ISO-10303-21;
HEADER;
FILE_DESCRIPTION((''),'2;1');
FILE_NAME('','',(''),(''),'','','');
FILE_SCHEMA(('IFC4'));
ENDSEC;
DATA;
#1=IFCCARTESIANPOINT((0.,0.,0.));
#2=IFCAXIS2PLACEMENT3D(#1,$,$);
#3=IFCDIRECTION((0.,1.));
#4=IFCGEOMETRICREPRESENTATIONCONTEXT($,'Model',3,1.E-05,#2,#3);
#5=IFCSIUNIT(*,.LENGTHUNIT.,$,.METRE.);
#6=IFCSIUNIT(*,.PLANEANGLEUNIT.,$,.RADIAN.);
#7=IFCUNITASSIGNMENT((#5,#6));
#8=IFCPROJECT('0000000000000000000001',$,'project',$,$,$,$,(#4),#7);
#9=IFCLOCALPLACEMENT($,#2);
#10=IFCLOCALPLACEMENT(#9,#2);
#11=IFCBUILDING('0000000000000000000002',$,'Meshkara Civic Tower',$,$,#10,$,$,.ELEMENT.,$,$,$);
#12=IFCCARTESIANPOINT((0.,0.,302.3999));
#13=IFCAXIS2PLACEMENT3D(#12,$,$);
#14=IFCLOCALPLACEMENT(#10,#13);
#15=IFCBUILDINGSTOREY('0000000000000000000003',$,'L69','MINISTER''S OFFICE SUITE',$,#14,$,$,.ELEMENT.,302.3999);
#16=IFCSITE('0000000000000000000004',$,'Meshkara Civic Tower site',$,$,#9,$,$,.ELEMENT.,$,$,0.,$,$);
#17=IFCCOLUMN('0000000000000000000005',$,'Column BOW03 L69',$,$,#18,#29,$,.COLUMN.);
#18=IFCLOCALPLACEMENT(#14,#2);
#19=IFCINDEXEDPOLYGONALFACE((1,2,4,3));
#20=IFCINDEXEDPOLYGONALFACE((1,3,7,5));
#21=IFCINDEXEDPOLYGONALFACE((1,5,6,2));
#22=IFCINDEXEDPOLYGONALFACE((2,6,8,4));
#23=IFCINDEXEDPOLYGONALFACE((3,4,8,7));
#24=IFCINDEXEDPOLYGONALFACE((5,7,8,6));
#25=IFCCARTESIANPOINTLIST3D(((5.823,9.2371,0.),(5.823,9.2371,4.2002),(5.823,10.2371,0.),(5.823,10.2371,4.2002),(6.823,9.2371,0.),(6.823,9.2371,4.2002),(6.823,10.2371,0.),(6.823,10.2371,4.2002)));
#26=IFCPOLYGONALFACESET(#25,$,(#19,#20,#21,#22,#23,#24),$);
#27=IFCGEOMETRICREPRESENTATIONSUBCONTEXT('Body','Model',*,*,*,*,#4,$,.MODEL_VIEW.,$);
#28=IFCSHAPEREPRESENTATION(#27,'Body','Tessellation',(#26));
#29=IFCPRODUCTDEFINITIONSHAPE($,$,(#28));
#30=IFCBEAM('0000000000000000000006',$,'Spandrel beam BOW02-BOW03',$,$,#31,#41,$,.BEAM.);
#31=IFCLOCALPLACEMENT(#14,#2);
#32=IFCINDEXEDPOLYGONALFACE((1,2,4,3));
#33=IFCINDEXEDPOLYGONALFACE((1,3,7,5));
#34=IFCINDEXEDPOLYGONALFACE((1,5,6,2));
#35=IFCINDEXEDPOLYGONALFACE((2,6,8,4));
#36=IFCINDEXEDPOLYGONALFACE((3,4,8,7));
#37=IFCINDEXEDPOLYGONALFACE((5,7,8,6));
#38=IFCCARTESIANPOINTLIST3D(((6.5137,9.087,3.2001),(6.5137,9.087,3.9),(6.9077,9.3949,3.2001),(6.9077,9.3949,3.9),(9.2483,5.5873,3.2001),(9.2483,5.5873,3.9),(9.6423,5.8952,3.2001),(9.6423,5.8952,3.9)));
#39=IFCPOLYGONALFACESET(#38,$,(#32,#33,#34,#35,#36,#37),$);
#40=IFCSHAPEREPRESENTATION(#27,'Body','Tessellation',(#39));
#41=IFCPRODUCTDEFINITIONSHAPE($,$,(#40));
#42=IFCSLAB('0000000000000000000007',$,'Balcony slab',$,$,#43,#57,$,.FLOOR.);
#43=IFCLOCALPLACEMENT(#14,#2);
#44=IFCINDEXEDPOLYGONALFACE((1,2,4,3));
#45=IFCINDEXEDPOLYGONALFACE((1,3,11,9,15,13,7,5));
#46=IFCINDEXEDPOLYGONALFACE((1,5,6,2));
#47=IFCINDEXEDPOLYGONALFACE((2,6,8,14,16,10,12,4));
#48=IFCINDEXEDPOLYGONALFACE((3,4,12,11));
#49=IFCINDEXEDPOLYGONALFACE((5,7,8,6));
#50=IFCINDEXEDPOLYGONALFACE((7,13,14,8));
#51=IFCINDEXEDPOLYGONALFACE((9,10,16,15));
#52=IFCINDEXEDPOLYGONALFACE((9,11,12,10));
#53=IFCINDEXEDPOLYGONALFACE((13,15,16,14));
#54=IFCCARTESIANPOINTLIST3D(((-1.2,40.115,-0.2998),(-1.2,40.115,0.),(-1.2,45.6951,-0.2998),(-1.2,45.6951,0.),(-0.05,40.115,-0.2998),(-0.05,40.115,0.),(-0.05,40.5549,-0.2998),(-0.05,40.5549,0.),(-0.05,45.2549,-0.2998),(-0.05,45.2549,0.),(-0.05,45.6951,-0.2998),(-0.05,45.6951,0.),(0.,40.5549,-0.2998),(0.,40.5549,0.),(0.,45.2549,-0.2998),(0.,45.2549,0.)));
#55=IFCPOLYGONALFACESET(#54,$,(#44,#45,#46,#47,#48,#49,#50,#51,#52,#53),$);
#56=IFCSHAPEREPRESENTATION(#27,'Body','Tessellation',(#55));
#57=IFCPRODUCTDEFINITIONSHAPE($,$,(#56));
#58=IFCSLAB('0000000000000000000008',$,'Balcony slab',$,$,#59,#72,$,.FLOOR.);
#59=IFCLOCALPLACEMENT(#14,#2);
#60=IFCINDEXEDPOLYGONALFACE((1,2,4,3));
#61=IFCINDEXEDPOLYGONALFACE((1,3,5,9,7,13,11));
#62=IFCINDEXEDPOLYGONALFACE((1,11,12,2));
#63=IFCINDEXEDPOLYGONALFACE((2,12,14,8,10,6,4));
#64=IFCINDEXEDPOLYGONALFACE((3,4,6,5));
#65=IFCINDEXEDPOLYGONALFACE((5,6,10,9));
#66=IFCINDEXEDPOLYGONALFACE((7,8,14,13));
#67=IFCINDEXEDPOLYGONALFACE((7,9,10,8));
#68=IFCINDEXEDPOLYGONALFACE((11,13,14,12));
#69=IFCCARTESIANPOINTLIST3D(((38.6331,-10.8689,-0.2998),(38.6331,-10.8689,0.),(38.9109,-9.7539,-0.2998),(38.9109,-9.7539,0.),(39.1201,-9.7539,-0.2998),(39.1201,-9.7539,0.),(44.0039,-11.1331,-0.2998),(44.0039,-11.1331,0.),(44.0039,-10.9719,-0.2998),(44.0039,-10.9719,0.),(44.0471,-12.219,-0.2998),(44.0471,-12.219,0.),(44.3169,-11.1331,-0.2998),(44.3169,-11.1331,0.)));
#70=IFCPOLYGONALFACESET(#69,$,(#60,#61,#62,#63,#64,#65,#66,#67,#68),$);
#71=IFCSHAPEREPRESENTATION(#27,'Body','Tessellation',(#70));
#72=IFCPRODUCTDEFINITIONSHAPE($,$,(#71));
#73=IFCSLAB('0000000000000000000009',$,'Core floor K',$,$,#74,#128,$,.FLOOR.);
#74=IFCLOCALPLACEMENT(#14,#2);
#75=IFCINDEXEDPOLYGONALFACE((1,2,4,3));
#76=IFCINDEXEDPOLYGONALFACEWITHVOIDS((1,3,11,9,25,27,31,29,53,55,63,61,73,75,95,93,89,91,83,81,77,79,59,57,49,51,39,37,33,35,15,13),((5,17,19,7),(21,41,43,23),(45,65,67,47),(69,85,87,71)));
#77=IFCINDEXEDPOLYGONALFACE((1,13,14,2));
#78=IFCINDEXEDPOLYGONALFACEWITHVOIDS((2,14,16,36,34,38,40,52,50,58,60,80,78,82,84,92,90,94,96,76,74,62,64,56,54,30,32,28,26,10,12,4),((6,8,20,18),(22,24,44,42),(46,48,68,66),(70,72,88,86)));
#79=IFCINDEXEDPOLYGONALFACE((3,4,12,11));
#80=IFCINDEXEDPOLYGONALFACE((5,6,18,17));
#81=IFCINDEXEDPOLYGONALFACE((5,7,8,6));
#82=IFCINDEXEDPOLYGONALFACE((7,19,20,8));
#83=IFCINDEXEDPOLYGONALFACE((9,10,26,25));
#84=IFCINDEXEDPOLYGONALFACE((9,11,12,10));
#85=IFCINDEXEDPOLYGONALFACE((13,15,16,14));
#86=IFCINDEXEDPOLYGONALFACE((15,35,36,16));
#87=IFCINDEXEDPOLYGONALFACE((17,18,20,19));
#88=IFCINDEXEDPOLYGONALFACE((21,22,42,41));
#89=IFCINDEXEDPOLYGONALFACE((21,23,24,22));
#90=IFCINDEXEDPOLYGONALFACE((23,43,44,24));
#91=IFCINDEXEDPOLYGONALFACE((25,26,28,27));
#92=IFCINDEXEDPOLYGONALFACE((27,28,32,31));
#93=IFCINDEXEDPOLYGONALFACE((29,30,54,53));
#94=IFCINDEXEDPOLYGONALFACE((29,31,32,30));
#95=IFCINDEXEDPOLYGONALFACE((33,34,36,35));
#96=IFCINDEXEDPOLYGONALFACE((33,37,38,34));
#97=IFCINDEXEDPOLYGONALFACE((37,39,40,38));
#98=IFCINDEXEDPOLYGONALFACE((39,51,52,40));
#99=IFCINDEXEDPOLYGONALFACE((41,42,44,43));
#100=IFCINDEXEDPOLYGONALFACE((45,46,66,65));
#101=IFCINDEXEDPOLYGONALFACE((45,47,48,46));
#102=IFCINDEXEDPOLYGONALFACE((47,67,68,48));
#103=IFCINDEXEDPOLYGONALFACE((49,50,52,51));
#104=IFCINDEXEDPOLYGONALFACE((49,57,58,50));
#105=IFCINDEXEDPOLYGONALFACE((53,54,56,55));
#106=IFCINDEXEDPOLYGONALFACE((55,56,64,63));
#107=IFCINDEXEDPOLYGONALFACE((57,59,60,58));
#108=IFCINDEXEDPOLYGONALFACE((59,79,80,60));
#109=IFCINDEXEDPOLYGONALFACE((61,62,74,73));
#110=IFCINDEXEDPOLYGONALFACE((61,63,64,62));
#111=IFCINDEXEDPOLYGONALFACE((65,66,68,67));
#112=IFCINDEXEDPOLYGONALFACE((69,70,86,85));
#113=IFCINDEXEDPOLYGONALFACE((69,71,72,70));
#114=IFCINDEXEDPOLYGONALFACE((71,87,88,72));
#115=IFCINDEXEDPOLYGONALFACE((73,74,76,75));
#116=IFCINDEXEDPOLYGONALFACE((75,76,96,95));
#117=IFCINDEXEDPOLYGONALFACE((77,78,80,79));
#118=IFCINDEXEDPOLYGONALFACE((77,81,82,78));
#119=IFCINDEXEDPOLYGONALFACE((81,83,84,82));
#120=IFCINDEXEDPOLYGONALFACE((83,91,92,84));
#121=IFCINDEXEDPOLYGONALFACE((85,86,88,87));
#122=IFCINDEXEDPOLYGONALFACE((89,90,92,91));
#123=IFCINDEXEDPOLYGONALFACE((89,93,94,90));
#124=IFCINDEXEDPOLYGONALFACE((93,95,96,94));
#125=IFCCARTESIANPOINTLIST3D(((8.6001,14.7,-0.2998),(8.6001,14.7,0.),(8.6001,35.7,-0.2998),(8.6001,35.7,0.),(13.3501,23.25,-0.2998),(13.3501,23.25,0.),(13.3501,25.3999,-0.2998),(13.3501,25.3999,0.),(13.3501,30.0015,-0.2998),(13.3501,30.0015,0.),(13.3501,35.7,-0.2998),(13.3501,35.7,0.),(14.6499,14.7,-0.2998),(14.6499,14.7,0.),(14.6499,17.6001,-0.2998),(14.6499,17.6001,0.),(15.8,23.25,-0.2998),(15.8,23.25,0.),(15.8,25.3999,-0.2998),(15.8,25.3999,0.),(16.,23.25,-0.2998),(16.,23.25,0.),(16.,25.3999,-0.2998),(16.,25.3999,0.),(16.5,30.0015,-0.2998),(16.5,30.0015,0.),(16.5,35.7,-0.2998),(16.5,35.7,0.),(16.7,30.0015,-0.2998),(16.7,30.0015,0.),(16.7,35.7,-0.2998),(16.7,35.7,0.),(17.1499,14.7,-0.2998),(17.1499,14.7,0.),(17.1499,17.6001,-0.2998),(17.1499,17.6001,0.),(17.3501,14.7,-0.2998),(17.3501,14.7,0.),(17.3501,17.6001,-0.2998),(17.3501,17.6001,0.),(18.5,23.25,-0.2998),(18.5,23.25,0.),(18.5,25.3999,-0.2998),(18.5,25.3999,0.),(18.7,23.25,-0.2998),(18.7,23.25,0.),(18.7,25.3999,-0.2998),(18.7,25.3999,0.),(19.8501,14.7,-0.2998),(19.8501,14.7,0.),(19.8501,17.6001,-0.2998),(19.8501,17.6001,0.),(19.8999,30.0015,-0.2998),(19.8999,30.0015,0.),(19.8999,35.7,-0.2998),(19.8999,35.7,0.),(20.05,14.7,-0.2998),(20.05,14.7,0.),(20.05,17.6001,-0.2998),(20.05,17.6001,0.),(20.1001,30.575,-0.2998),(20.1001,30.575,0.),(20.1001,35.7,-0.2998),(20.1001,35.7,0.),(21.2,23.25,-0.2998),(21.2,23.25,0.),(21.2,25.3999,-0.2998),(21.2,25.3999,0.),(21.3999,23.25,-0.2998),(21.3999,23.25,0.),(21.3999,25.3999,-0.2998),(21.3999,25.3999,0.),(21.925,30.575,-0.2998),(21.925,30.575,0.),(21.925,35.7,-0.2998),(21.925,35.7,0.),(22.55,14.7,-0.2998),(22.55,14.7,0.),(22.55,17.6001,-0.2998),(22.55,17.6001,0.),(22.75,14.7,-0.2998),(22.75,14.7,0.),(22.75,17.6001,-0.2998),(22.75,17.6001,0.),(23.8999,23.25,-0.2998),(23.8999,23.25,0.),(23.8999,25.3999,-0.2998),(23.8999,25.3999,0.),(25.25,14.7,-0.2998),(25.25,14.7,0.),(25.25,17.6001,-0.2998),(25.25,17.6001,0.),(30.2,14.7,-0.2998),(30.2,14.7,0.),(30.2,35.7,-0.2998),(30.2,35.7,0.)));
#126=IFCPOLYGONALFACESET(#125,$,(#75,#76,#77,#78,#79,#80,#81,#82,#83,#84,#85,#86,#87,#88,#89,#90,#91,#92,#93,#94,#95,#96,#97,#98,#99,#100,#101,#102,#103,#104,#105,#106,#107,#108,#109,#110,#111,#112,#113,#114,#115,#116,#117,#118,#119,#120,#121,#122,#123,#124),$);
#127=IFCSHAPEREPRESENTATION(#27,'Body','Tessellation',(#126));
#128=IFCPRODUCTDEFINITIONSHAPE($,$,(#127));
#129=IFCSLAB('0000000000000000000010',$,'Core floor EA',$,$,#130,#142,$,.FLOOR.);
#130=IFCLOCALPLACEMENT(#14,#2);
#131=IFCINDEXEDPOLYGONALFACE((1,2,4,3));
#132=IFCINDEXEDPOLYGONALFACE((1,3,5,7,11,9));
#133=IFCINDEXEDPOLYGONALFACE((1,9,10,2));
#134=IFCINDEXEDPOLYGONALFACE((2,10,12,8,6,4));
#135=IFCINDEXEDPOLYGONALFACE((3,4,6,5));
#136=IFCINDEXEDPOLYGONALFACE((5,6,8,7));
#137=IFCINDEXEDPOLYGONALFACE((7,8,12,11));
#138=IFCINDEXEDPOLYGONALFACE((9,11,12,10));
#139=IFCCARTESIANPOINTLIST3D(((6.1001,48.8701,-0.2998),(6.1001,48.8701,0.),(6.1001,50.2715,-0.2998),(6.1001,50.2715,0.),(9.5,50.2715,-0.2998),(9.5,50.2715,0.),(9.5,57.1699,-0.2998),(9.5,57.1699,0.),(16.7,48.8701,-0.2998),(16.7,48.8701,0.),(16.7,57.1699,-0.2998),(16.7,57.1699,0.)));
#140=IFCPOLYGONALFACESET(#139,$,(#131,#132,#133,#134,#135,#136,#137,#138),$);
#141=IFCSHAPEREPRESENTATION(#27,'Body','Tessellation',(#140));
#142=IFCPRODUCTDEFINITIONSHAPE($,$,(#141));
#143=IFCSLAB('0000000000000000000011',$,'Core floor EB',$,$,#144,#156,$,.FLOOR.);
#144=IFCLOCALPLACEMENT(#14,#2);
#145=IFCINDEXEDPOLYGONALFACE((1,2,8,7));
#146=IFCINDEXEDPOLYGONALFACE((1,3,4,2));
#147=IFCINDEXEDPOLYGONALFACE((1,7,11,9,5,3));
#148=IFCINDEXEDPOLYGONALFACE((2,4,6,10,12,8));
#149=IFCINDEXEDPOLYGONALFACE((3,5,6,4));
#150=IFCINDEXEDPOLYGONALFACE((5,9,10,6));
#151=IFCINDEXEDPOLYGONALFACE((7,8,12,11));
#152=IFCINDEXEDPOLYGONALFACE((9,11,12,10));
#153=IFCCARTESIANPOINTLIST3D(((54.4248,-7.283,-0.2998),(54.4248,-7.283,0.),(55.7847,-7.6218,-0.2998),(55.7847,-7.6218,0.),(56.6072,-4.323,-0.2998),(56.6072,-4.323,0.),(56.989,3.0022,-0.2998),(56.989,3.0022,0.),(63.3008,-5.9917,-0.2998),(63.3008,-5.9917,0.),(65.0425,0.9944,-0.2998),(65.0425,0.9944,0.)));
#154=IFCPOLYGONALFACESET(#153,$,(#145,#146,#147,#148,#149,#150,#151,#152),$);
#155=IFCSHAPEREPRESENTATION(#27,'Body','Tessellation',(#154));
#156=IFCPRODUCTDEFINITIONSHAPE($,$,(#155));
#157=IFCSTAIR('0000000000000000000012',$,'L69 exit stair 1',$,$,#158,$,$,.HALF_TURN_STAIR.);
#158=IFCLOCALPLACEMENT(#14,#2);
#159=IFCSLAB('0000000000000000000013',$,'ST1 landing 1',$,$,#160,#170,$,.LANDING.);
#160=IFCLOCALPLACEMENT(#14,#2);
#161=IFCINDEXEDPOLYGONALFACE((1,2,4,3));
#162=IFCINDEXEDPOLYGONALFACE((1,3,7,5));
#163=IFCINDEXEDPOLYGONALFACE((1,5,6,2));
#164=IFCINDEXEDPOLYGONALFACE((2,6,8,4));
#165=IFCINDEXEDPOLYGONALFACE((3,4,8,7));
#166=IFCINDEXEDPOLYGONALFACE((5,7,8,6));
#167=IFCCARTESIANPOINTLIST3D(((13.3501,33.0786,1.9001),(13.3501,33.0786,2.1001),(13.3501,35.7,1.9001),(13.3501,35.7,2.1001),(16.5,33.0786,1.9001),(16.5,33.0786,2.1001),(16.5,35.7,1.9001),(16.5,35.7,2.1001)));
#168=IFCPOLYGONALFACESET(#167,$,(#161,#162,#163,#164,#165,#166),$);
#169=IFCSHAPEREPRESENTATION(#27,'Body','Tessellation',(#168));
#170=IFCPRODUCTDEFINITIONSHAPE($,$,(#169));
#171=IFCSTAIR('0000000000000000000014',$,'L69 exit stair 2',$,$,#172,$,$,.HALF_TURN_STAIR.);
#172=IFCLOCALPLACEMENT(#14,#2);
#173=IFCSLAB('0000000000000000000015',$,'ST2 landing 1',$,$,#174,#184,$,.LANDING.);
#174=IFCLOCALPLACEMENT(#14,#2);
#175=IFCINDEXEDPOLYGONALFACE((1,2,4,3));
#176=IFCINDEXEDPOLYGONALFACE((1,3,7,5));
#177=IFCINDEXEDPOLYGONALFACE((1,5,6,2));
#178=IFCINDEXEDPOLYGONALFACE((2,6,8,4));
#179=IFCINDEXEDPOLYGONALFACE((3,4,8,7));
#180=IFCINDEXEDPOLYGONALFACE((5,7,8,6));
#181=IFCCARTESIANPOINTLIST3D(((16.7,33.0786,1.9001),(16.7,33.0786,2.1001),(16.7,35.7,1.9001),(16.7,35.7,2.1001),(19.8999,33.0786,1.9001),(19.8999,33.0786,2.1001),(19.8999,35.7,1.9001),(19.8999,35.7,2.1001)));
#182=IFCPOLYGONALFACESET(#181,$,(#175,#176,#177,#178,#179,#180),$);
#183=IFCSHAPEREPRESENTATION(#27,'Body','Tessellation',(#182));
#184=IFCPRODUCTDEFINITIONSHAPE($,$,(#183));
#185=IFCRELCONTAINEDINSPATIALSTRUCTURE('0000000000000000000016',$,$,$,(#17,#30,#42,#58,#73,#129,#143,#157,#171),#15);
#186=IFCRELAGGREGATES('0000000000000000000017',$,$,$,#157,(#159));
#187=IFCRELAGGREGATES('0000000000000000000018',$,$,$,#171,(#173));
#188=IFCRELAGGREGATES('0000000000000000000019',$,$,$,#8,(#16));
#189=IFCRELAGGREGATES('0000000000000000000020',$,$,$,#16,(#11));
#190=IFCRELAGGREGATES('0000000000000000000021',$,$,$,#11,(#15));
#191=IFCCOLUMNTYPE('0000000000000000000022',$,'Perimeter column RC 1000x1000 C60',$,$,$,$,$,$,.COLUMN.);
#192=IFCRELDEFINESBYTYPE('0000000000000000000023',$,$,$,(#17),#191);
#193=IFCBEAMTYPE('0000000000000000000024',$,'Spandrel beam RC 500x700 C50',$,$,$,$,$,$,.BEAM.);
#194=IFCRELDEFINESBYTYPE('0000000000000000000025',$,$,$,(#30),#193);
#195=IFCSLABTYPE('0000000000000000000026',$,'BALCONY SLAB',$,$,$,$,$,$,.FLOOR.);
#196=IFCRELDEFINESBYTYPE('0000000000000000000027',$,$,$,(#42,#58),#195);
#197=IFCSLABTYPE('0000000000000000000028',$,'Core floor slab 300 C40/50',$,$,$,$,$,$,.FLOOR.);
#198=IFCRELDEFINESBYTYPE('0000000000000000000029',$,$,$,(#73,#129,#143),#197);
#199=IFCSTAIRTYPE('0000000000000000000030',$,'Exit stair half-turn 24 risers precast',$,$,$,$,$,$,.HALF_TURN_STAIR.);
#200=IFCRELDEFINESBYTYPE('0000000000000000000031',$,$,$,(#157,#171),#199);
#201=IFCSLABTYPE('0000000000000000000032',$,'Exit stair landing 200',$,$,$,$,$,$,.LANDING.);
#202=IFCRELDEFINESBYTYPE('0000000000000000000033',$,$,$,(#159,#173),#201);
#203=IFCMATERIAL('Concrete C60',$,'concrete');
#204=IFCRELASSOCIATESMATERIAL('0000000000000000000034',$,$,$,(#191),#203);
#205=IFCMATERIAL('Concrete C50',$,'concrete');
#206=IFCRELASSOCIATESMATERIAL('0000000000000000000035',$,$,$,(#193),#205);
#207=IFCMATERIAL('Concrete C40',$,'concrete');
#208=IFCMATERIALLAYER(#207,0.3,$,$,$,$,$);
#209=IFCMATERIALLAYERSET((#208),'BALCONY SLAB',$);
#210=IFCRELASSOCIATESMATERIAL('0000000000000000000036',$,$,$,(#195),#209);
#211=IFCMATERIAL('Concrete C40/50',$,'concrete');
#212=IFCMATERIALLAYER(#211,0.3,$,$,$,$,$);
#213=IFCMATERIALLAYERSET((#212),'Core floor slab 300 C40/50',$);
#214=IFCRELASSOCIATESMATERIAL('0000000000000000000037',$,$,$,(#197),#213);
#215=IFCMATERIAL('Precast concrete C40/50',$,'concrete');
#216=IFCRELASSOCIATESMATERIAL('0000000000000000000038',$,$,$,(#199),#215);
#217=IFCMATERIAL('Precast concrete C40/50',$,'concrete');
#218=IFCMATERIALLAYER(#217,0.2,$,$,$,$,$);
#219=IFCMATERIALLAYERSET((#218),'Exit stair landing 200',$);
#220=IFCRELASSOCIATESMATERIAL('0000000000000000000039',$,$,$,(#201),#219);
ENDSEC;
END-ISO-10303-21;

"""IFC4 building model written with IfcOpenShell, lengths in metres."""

from ifc_helpers import new_model, si_unit, direction, frame, origin, origin_2d, place, context, subcontext, project, spatial, polyline, rectangle, outline, extrude, material, layer, layer_set, material_profile, profile_set, type_object, element, aggregate, save


model = new_model("IFC4")

# Units and contexts
model_context = context("Model", 3, precision=1e-05, world=origin(), true_north=direction((0.0, 1.0)))
body_context = subcontext(model_context, "Body", "Model", "MODEL_VIEW")
ifc_project = project(units=[si_unit("LENGTHUNIT", "METRE"), si_unit("PLANEANGLEUNIT", "RADIAN")], contexts=[model_context])

# Site, building, storey
site_placement = place(None, origin())
site = spatial("IfcSite", under=ifc_project, at=site_placement, Name="Meshkara Civic Tower site", CompositionType="ELEMENT", RefElevation=0.0)
building_placement = place(site_placement, origin())
building = spatial("IfcBuilding", under=site, at=building_placement, Name="Meshkara Civic Tower", CompositionType="ELEMENT")
storey_placement = place(building_placement, frame((0.0, 0.0, 302.3999)))
storey = spatial("IfcBuildingStorey", under=building, at=storey_placement, Name="L69", Description="MINISTER'S OFFICE SUITE", CompositionType="ELEMENT", Elevation=302.3999)

# Column
ifc_material_1 = material(Name="Concrete C60", Category="concrete")
ifc_material_profile_1 = material_profile(ifc_material_1, rectangle(XDim=1.0, YDim=1.0, at=origin_2d()))
ifc_profile_set_1 = profile_set([ifc_material_profile_1], Name="Concrete C60")
column_type = type_object("IfcColumnType", Name="Perimeter column RC 1000x1000 C60", PredefinedType="COLUMN", material=ifc_profile_set_1)
column_placement = place(storey_placement, frame((6.323, 9.7371, 0.0), z_axis=(0.0, 0.0, 1.0), x_axis=(1.0, 0.0, 0.0)))
element("IfcColumn", 1, at=column_placement, inside=storey, type_object=column_type, Name="Column BOW03 L69", PredefinedType="COLUMN", context=body_context, shape_type="SweptSolid", body=[
    extrude(rectangle(XDim=1.0, YDim=1.0, at=origin_2d()), origin(), (0.0, 0.0, 1.0), 4.2002),
])

# Beam
ifc_material_2 = material(Name="Concrete C50", Category="concrete")
ifc_material_profile_2 = material_profile(ifc_material_2, rectangle(XDim=0.5, YDim=0.7, at=origin_2d()))
ifc_profile_set_2 = profile_set([ifc_material_profile_2], Name="Concrete C50")
beam_type = type_object("IfcBeamType", Name="Spandrel beam RC 500x700 C50", PredefinedType="BEAM", material=ifc_profile_set_2)
beam_placement = place(storey_placement, frame((6.7107, 9.241, 3.55), z_axis=(0.615705, -0.787977, 0.0), x_axis=(0.787977, 0.615705, 0.0)))
element("IfcBeam", 2, at=beam_placement, inside=storey, type_object=beam_type, Name="Spandrel beam BOW02-BOW03", PredefinedType="BEAM", context=body_context, shape_type="SweptSolid", body=[
    extrude(rectangle(XDim=0.5, YDim=0.7, at=origin_2d()), origin(), (0.0, 0.0, 1.0), 4.4414),
])

# Slabs
ifc_material_3 = material(Name="Concrete C40", Category="concrete")
ifc_layer_1 = layer(ifc_material_3, 0.3)
ifc_layer_set_1 = layer_set([ifc_layer_1], Name="BALCONY SLAB")
slab_type_1 = type_object("IfcSlabType", Name="BALCONY SLAB", PredefinedType="FLOOR", material=ifc_layer_set_1)
slab_1_placement = place(storey_placement, frame((0.0, 0.0, -0.2998)))
element("IfcSlab", 3, at=slab_1_placement, inside=storey, type_object=slab_type_1, Name="Balcony slab", PredefinedType="FLOOR", context=body_context, shape_type="SweptSolid", body=[
    extrude(outline(polyline([(-1.2, 40.115), (-1.2, 45.6951), (-0.05, 45.6951), (-0.05, 45.2549), (0.0, 45.2549), (0.0, 40.5549), (-0.05, 40.5549), (-0.05, 40.115), (-1.2, 40.115)])), origin(), (0.0, 0.0, 1.0), 0.2998),
])
slab_2_placement = place(storey_placement, frame((0.0, 0.0, -0.2998)))
element("IfcSlab", 4, at=slab_2_placement, inside=storey, type_object=slab_type_1, Name="Balcony slab", PredefinedType="FLOOR", context=body_context, shape_type="SweptSolid", body=[
    extrude(outline(polyline([(44.0471, -12.219), (38.6331, -10.8689), (38.9109, -9.7539), (39.1201, -9.7539), (44.0039, -10.9719), (44.0039, -11.1331), (44.3169, -11.1331), (44.0471, -12.219)])), origin(), (0.0, 0.0, 1.0), 0.2998),
])
ifc_material_4 = material(Name="Concrete C40/50", Category="concrete")
ifc_layer_2 = layer(ifc_material_4, 0.3)
ifc_layer_set_2 = layer_set([ifc_layer_2], Name="Core floor slab 300 C40/50")
slab_type_2 = type_object("IfcSlabType", Name="Core floor slab 300 C40/50", PredefinedType="FLOOR", material=ifc_layer_set_2)
slab_3_placement = place(storey_placement, frame((0.0, 0.0, -0.2998)))
element("IfcSlab", 5, at=slab_3_placement, inside=storey, type_object=slab_type_2, Name="Core floor K", PredefinedType="FLOOR", context=body_context, shape_type="SweptSolid", body=[
    extrude(outline(polyline([(8.6001, 35.7), (13.3501, 35.7), (13.3501, 30.0015), (16.5, 30.0015), (16.5, 35.7), (16.7, 35.7), (16.7, 30.0015), (19.8999, 30.0015), (19.8999, 35.7), (20.1001, 35.7), (20.1001, 30.575), (21.925, 30.575), (21.925, 35.7), (30.2, 35.7), (30.2, 14.7), (25.25, 14.7), (25.25, 17.6001), (22.75, 17.6001), (22.75, 14.7), (22.55, 14.7), (22.55, 17.6001), (20.05, 17.6001), (20.05, 14.7), (19.8501, 14.7), (19.8501, 17.6001), (17.3501, 17.6001), (17.3501, 14.7), (17.1499, 14.7), (17.1499, 17.6001), (14.6499, 17.6001), (14.6499, 14.7), (8.6001, 14.7), (8.6001, 35.7)]), holes=[polyline([(13.3501, 23.25), (15.8, 23.25), (15.8, 25.3999), (13.3501, 25.3999), (13.3501, 23.25)]), polyline([(18.5, 23.25), (18.5, 25.3999), (16.0, 25.3999), (16.0, 23.25), (18.5, 23.25)]), polyline([(18.7, 23.25), (21.2, 23.25), (21.2, 25.3999), (18.7, 25.3999), (18.7, 23.25)]), polyline([(23.8999, 23.25), (23.8999, 25.3999), (21.3999, 25.3999), (21.3999, 23.25), (23.8999, 23.25)])]), origin(), (0.0, 0.0, 1.0), 0.2998),
])
slab_4_placement = place(storey_placement, frame((0.0, 0.0, -0.2998)))
element("IfcSlab", 6, at=slab_4_placement, inside=storey, type_object=slab_type_2, Name="Core floor EA", PredefinedType="FLOOR", context=body_context, shape_type="SweptSolid", body=[
    extrude(outline(polyline([(16.7, 48.8701), (16.7, 57.1699), (9.5, 57.1699), (9.5, 50.2715), (6.1001, 50.2715), (6.1001, 48.8701), (16.7, 48.8701)])), origin(), (0.0, 0.0, 1.0), 0.2998),
])
slab_5_placement = place(storey_placement, frame((0.0, 0.0, -0.2998)))
element("IfcSlab", 7, at=slab_5_placement, inside=storey, type_object=slab_type_2, Name="Core floor EB", PredefinedType="FLOOR", context=body_context, shape_type="SweptSolid", body=[
    extrude(outline(polyline([(56.989, 3.0022), (65.0425, 0.9944), (63.3008, -5.9917), (56.6072, -4.323), (55.7847, -7.6218), (54.4248, -7.283), (56.989, 3.0022)])), origin(), (0.0, 0.0, 1.0), 0.2998),
])

# Stairs, slabs
ifc_material_5 = material(Name="Precast concrete C40/50", Category="concrete")
stair_type = type_object("IfcStairType", Name="Exit stair half-turn 24 risers precast", PredefinedType="HALF_TURN_STAIR", material=ifc_material_5)
stair_1_placement = place(storey_placement, origin())
stair_1 = element("IfcStair", 8, at=stair_1_placement, inside=storey, type_object=stair_type, Name="L69 exit stair 1", PredefinedType="HALF_TURN_STAIR")
ifc_material_6 = material(Name="Precast concrete C40/50", Category="concrete")
ifc_layer_3 = layer(ifc_material_6, 0.2)
ifc_layer_set_3 = layer_set([ifc_layer_3], Name="Exit stair landing 200")
slab_type_3 = type_object("IfcSlabType", Name="Exit stair landing 200", PredefinedType="LANDING", material=ifc_layer_set_3)
slab_6_placement = place(storey_placement, frame((0.0, 0.0, 1.9001)))
slab_6 = element("IfcSlab", 9, at=slab_6_placement, type_object=slab_type_3, Name="ST1 landing 1", PredefinedType="LANDING", context=body_context, shape_type="SweptSolid", body=[
    extrude(outline(polyline([(16.5, 33.0786), (16.5, 35.7), (13.3501, 35.7), (13.3501, 33.0786), (16.5, 33.0786)])), origin(), (0.0, 0.0, 1.0), 0.2),
])
aggregate(stair_1, [slab_6])
stair_2_placement = place(storey_placement, origin())
stair_2 = element("IfcStair", 10, at=stair_2_placement, inside=storey, type_object=stair_type, Name="L69 exit stair 2", PredefinedType="HALF_TURN_STAIR")
slab_7_placement = place(storey_placement, frame((0.0, 0.0, 1.9001)))
slab_7 = element("IfcSlab", 11, at=slab_7_placement, type_object=slab_type_3, Name="ST2 landing 1", PredefinedType="LANDING", context=body_context, shape_type="SweptSolid", body=[
    extrude(outline(polyline([(19.8999, 33.0786), (19.8999, 35.7), (16.7, 35.7), (16.7, 33.0786), (19.8999, 33.0786)])), origin(), (0.0, 0.0, 1.0), 0.2),
])
aggregate(stair_2, [slab_7])

save(model, "model.ifc")
